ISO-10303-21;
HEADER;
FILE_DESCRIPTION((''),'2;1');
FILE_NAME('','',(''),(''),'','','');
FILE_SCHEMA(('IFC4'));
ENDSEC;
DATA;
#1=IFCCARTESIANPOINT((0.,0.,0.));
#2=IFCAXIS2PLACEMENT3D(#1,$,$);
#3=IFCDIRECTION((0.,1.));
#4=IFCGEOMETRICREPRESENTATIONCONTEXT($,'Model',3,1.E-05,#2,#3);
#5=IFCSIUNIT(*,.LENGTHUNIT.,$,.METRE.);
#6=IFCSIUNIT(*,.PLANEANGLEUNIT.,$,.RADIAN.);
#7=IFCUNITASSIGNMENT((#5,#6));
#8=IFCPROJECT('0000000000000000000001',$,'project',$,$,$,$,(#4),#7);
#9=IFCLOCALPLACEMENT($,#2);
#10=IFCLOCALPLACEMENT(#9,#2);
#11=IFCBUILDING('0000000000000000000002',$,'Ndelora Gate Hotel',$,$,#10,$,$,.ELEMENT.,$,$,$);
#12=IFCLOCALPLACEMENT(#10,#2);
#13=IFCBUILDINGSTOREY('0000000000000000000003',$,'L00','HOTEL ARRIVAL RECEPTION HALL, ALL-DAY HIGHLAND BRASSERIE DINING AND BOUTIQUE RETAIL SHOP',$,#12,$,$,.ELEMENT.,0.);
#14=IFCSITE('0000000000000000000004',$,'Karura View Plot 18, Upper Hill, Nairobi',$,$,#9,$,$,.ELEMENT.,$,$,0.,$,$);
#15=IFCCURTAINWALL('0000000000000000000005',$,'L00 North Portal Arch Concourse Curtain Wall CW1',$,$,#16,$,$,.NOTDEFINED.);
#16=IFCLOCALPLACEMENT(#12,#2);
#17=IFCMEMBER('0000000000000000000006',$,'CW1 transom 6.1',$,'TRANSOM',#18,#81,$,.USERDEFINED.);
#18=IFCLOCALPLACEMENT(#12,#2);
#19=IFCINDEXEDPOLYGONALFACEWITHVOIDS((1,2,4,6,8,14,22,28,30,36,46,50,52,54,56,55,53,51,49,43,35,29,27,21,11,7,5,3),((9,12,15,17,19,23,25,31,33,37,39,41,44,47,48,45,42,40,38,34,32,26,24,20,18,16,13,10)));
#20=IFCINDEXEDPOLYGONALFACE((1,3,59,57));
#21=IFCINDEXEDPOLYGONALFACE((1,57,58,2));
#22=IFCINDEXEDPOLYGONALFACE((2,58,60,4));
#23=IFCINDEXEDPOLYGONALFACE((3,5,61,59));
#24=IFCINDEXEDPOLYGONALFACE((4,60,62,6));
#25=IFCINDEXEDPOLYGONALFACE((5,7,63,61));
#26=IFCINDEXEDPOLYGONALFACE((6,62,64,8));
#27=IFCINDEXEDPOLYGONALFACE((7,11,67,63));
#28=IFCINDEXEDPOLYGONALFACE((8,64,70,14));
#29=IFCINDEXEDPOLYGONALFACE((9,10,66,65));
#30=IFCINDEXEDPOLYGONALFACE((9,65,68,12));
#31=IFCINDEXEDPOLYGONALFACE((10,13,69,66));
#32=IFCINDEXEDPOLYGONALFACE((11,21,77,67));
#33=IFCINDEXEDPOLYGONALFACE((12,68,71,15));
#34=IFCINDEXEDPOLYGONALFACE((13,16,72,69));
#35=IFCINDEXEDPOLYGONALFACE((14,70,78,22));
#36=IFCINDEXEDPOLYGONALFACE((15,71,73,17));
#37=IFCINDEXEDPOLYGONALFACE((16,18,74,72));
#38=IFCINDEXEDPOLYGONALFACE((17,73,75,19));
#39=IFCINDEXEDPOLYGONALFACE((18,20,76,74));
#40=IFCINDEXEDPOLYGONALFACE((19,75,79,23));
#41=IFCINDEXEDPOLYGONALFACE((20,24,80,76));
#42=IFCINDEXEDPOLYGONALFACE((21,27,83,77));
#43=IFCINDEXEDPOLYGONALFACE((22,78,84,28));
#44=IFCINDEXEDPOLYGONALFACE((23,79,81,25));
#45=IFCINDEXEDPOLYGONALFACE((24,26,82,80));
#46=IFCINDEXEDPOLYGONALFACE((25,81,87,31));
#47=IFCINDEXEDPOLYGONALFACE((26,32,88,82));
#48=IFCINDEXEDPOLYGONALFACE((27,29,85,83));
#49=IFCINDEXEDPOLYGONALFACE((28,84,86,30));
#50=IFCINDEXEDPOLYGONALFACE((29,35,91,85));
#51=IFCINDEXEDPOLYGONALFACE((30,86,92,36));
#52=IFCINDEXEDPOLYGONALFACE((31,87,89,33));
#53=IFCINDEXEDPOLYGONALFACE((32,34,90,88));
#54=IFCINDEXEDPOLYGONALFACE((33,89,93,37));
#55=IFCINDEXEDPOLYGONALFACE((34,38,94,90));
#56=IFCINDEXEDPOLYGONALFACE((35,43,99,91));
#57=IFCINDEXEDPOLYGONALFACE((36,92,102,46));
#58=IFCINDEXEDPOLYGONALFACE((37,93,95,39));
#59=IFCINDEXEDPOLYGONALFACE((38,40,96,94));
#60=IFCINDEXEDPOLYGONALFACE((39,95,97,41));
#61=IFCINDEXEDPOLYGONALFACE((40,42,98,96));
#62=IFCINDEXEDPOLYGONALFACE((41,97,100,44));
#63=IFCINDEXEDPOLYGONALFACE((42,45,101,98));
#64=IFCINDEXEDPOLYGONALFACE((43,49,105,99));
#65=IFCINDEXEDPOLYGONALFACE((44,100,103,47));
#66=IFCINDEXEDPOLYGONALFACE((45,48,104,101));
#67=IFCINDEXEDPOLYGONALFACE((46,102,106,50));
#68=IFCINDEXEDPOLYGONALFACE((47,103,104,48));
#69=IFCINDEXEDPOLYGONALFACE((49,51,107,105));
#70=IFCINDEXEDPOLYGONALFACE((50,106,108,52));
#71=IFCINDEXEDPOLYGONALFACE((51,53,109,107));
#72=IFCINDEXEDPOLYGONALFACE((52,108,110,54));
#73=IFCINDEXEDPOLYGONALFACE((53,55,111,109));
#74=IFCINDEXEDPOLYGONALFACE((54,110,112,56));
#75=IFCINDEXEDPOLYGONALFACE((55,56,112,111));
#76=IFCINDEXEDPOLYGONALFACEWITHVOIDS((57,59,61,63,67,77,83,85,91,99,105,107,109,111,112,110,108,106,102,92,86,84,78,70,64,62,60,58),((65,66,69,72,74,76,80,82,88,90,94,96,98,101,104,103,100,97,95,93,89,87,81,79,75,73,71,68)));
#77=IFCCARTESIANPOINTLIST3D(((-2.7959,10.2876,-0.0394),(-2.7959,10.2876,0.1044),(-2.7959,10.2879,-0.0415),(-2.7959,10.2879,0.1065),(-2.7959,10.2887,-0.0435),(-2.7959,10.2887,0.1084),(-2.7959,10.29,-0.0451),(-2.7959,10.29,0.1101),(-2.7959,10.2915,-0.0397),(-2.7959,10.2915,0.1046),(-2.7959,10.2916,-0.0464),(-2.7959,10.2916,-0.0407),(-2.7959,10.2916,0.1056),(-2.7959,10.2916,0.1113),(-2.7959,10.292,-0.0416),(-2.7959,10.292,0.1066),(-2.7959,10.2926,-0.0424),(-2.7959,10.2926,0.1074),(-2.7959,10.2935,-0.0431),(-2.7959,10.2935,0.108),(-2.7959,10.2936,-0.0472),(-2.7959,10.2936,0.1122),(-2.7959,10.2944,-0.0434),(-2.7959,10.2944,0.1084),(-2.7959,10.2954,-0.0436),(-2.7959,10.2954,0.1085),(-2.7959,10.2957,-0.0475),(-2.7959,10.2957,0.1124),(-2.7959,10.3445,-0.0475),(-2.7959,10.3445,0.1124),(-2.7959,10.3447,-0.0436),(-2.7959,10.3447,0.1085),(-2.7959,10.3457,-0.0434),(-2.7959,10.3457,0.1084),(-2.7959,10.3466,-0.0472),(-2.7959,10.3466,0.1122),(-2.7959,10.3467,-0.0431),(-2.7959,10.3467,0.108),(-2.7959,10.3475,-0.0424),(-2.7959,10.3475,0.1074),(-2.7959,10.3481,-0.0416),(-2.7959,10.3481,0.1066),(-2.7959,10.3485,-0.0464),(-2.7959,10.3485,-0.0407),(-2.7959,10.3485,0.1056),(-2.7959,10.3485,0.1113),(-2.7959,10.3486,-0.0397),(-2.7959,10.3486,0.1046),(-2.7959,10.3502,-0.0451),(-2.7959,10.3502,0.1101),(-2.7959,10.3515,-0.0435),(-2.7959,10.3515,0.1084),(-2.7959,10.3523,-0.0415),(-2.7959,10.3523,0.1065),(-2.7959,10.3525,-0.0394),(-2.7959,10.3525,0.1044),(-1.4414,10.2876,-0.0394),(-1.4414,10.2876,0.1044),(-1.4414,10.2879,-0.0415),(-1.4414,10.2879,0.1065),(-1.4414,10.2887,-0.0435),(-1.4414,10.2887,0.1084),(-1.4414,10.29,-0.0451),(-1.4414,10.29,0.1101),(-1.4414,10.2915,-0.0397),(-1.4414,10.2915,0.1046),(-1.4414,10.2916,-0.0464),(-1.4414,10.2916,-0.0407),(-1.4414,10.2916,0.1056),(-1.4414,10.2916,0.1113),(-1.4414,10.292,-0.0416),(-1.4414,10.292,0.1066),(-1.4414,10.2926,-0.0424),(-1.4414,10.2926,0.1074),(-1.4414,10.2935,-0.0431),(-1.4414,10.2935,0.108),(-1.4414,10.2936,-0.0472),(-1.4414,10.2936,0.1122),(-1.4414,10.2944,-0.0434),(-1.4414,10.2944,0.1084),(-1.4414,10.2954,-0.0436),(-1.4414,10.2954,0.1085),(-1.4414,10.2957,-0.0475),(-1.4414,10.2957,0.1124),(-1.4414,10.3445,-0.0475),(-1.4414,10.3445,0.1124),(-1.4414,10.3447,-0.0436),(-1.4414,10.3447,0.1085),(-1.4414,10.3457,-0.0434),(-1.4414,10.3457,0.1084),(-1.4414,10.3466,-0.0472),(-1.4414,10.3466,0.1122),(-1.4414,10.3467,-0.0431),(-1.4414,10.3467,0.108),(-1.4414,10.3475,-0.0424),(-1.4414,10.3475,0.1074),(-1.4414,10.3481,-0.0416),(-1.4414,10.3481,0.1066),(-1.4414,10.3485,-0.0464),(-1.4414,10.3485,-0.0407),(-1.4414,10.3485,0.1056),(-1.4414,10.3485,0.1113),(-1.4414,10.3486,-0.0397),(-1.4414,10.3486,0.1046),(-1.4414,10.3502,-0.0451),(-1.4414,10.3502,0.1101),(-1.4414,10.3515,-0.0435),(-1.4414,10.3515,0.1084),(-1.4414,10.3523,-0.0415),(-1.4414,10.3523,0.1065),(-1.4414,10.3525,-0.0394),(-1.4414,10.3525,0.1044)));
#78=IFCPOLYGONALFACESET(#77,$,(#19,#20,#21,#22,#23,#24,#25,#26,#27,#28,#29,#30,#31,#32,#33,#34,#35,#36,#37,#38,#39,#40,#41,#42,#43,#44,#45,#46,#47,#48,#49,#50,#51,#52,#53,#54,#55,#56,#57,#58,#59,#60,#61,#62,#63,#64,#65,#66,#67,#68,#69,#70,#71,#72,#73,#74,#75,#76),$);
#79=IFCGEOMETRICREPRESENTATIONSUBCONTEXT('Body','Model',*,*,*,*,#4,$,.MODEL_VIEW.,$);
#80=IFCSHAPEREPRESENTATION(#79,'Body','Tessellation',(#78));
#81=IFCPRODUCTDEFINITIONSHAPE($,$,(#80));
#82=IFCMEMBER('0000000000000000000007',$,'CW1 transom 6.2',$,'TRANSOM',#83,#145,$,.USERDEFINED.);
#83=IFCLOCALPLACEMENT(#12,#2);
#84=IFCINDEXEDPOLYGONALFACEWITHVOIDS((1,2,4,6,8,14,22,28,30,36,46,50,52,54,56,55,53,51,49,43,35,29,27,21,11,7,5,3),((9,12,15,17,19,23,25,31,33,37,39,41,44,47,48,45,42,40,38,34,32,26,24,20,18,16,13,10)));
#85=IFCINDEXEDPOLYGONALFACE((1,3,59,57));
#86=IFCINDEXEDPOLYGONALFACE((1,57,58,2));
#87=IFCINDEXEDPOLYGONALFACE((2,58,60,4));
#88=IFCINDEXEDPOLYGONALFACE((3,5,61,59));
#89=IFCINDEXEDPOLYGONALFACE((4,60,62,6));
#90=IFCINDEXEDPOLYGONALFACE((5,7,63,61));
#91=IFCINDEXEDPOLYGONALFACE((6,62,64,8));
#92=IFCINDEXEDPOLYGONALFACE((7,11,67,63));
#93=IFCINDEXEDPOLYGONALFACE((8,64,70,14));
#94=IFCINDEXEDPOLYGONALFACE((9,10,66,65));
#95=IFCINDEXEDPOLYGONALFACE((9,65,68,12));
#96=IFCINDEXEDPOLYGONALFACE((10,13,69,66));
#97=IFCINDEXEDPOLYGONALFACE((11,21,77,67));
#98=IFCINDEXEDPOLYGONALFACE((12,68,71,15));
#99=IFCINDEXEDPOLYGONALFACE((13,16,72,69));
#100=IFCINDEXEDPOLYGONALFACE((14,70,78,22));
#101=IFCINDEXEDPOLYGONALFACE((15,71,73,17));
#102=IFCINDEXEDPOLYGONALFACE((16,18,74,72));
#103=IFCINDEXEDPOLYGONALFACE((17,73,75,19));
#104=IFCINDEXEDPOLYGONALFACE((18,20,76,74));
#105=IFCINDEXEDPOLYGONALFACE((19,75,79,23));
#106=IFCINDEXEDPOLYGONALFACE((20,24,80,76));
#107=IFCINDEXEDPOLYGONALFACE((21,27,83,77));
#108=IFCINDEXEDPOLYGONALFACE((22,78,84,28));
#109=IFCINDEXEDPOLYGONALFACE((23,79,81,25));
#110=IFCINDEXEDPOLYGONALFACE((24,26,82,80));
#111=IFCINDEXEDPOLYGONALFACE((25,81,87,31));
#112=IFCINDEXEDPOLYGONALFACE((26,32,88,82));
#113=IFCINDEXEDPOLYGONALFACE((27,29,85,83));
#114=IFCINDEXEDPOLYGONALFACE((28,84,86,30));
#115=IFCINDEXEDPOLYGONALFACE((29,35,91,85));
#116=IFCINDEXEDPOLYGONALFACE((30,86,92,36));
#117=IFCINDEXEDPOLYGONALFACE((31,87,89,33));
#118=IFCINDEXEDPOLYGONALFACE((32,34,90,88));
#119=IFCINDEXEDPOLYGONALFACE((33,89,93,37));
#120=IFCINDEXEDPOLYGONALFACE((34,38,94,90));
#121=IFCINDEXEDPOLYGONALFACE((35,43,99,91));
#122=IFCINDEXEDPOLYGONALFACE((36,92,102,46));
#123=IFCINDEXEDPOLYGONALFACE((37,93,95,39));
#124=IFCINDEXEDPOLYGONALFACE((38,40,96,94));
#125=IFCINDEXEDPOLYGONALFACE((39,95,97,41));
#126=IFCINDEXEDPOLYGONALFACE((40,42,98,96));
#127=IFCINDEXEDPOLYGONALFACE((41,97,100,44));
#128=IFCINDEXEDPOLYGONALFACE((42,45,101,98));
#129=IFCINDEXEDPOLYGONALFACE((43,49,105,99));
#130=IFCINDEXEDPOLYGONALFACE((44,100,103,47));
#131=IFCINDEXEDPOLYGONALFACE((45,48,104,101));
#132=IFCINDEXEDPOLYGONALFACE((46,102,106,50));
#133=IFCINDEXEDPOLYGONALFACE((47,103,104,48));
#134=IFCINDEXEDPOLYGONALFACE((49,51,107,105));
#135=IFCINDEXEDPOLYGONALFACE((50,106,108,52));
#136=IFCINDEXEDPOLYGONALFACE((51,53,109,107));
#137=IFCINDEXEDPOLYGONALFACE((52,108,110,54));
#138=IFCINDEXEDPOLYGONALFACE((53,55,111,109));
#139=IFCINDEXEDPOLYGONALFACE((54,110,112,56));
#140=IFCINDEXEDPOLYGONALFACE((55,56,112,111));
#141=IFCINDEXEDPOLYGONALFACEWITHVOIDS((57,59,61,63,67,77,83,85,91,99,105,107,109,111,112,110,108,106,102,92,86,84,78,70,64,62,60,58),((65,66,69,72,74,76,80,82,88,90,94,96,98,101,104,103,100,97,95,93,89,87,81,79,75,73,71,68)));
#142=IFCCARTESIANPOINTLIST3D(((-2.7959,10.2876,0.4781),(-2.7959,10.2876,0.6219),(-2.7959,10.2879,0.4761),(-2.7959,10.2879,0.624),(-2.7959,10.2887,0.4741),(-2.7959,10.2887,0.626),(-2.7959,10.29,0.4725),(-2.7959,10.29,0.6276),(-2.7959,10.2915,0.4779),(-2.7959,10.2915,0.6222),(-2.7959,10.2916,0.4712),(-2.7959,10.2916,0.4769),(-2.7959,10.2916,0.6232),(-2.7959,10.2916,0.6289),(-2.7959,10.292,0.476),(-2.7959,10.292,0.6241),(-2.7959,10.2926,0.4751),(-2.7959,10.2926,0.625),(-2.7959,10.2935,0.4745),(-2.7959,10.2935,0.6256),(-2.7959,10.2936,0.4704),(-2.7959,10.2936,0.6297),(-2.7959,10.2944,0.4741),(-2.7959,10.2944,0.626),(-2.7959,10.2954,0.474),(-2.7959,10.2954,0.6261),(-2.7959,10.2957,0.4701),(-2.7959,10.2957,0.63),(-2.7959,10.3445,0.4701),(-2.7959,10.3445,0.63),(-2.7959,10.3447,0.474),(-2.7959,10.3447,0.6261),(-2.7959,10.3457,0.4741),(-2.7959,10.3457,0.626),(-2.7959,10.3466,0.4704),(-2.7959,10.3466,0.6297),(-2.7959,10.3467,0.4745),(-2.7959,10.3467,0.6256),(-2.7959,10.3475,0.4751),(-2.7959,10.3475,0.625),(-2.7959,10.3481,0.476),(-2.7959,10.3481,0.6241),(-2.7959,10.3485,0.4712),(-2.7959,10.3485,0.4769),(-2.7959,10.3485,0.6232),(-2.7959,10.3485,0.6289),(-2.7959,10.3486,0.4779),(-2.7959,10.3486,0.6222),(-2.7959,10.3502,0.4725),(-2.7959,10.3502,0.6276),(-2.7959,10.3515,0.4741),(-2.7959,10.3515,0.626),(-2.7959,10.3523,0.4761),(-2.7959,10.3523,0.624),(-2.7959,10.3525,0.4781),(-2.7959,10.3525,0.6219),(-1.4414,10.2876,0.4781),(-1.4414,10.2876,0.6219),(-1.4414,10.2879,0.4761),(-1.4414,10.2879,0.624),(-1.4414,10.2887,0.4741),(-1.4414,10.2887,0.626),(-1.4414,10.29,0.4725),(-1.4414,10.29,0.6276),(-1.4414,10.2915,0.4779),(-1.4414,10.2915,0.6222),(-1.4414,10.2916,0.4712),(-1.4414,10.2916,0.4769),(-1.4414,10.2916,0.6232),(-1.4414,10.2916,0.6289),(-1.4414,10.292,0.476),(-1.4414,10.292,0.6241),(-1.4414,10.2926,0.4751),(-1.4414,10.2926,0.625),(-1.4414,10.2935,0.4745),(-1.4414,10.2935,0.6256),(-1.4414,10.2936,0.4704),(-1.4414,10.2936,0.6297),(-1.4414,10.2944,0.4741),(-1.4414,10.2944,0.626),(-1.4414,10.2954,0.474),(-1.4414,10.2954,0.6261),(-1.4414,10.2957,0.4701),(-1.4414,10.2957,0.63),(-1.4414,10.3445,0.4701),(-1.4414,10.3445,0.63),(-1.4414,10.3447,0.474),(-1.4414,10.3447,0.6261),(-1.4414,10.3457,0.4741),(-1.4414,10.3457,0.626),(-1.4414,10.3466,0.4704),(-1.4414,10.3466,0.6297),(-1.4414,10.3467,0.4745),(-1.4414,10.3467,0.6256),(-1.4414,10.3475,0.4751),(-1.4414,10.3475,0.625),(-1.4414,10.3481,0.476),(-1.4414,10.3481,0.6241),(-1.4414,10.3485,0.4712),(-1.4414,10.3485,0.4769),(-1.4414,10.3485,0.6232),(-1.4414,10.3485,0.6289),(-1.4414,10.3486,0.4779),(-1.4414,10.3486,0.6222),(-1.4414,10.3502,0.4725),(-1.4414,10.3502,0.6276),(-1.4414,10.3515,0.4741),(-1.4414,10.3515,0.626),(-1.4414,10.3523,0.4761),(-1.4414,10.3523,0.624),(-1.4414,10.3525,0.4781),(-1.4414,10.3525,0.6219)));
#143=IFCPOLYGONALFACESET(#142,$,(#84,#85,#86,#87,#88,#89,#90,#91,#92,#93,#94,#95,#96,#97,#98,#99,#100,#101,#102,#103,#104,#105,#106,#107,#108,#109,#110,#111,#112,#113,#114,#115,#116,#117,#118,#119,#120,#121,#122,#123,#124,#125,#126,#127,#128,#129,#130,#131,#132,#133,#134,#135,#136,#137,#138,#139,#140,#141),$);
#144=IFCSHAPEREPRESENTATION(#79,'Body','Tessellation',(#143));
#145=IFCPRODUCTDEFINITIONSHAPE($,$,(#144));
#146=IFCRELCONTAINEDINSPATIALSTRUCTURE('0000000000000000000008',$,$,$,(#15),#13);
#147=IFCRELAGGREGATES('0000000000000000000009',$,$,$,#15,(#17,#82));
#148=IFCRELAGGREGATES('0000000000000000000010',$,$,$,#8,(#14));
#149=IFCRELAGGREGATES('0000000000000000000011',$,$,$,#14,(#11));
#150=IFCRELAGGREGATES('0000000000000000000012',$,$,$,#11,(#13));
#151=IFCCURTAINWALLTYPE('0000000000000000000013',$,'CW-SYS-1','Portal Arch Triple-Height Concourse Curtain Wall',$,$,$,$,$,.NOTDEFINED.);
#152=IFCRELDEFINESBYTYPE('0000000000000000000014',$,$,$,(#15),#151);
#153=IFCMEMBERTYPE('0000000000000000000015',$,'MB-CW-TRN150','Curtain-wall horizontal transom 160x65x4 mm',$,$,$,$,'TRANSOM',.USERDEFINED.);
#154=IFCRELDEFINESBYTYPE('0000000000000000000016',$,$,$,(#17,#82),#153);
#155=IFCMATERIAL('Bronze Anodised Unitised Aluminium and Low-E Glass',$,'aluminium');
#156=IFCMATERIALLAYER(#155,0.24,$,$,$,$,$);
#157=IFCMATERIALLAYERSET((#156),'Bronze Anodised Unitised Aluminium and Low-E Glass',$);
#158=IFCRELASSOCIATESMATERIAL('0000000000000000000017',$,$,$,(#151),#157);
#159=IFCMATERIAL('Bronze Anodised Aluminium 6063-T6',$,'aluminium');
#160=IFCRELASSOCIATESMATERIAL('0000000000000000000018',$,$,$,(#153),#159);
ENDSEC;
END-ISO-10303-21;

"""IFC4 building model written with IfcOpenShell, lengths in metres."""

from ifc_helpers import new_model, si_unit, direction, frame, origin, origin_2d, place, context, subcontext, project, spatial, hollow_rectangle, extrude, material, layer, layer_set, material_profile, profile_set, type_object, element, aggregate, save


model = new_model("IFC4")

# Units and contexts
model_context = context("Model", 3, precision=1e-05, world=origin(), true_north=direction((0.0, 1.0)))
body_context = subcontext(model_context, "Body", "Model", "MODEL_VIEW")
ifc_project = project(units=[si_unit("LENGTHUNIT", "METRE"), si_unit("PLANEANGLEUNIT", "RADIAN")], contexts=[model_context])

# Site, building, storey
site_placement = place(None, origin())
site = spatial("IfcSite", under=ifc_project, at=site_placement, Name="Karura View Plot 18, Upper Hill, Nairobi", CompositionType="ELEMENT", RefElevation=0.0)
building_placement = place(site_placement, origin())
building = spatial("IfcBuilding", under=site, at=building_placement, Name="Ndelora Gate Hotel", CompositionType="ELEMENT")
storey_placement = place(building_placement, origin())
storey = spatial("IfcBuildingStorey", under=building, at=storey_placement, Name="L00", Description="HOTEL ARRIVAL RECEPTION HALL, ALL-DAY HIGHLAND BRASSERIE DINING AND BOUTIQUE RETAIL SHOP", CompositionType="ELEMENT", Elevation=0.0)

# Curtain wall, members
ifc_material_1 = material(Name="Bronze Anodised Unitised Aluminium and Low-E Glass", Category="aluminium")
ifc_layer_1 = layer(ifc_material_1, 0.24)
ifc_layer_set_1 = layer_set([ifc_layer_1], Name="Bronze Anodised Unitised Aluminium and Low-E Glass")
curtain_wall_type = type_object("IfcCurtainWallType", Name="CW-SYS-1", Description="Portal Arch Triple-Height Concourse Curtain Wall", PredefinedType="NOTDEFINED", material=ifc_layer_set_1)
curtain_wall_placement = place(storey_placement, origin())
curtain_wall = element("IfcCurtainWall", 1, at=curtain_wall_placement, inside=storey, type_object=curtain_wall_type, Name="L00 North Portal Arch Concourse Curtain Wall CW1", PredefinedType="NOTDEFINED")
ifc_material_2 = material(Name="Bronze Anodised Aluminium 6063-T6", Category="aluminium")
ifc_material_profile_1 = material_profile(ifc_material_2, hollow_rectangle(XDim=0.0649, YDim=0.1599, WallThickness=0.0039, InnerFilletRadius=0.0039, OuterFilletRadius=0.0081, at=origin_2d()), Name="ALU 160x65x4")
ifc_profile_set_1 = profile_set([ifc_material_profile_1], Name="Bronze Anodised Aluminium 6063-T6")
member_type_1 = type_object("IfcMemberType", Name="MB-CW-TRN150", Description="Curtain-wall horizontal transom 160x65x4 mm", ElementType="TRANSOM", PredefinedType="USERDEFINED", material=ifc_profile_set_1)
member_1_placement = place(storey_placement, frame((-1.4414, 10.3201, 0.0325), z_axis=(-1.0, 0.0, 0.0), x_axis=(0.0, -1.0, 0.0)))
member_1 = element("IfcMember", 2, at=member_1_placement, type_object=member_type_1, Name="CW1 transom 6.1", ObjectType="TRANSOM", PredefinedType="USERDEFINED", context=body_context, shape_type="SweptSolid", body=[
    extrude(hollow_rectangle(XDim=0.0649, YDim=0.1599, WallThickness=0.0039, InnerFilletRadius=0.0039, OuterFilletRadius=0.0081, at=origin_2d()), origin(), (0.0, 0.0, 1.0), 1.3545),
])
member_2_placement = place(storey_placement, frame((-1.4414, 10.3201, 0.55), z_axis=(-1.0, 0.0, 0.0), x_axis=(0.0, -1.0, 0.0)))
member_2 = element("IfcMember", 3, at=member_2_placement, type_object=member_type_1, Name="CW1 transom 6.2", ObjectType="TRANSOM", PredefinedType="USERDEFINED", context=body_context, shape_type="SweptSolid", body=[
    extrude(hollow_rectangle(XDim=0.0649, YDim=0.1599, WallThickness=0.0039, InnerFilletRadius=0.0039, OuterFilletRadius=0.0081, at=origin_2d()), origin(), (0.0, 0.0, 1.0), 1.3545),
])
aggregate(curtain_wall, [member_1, member_2])

save(model, "model.ifc")
